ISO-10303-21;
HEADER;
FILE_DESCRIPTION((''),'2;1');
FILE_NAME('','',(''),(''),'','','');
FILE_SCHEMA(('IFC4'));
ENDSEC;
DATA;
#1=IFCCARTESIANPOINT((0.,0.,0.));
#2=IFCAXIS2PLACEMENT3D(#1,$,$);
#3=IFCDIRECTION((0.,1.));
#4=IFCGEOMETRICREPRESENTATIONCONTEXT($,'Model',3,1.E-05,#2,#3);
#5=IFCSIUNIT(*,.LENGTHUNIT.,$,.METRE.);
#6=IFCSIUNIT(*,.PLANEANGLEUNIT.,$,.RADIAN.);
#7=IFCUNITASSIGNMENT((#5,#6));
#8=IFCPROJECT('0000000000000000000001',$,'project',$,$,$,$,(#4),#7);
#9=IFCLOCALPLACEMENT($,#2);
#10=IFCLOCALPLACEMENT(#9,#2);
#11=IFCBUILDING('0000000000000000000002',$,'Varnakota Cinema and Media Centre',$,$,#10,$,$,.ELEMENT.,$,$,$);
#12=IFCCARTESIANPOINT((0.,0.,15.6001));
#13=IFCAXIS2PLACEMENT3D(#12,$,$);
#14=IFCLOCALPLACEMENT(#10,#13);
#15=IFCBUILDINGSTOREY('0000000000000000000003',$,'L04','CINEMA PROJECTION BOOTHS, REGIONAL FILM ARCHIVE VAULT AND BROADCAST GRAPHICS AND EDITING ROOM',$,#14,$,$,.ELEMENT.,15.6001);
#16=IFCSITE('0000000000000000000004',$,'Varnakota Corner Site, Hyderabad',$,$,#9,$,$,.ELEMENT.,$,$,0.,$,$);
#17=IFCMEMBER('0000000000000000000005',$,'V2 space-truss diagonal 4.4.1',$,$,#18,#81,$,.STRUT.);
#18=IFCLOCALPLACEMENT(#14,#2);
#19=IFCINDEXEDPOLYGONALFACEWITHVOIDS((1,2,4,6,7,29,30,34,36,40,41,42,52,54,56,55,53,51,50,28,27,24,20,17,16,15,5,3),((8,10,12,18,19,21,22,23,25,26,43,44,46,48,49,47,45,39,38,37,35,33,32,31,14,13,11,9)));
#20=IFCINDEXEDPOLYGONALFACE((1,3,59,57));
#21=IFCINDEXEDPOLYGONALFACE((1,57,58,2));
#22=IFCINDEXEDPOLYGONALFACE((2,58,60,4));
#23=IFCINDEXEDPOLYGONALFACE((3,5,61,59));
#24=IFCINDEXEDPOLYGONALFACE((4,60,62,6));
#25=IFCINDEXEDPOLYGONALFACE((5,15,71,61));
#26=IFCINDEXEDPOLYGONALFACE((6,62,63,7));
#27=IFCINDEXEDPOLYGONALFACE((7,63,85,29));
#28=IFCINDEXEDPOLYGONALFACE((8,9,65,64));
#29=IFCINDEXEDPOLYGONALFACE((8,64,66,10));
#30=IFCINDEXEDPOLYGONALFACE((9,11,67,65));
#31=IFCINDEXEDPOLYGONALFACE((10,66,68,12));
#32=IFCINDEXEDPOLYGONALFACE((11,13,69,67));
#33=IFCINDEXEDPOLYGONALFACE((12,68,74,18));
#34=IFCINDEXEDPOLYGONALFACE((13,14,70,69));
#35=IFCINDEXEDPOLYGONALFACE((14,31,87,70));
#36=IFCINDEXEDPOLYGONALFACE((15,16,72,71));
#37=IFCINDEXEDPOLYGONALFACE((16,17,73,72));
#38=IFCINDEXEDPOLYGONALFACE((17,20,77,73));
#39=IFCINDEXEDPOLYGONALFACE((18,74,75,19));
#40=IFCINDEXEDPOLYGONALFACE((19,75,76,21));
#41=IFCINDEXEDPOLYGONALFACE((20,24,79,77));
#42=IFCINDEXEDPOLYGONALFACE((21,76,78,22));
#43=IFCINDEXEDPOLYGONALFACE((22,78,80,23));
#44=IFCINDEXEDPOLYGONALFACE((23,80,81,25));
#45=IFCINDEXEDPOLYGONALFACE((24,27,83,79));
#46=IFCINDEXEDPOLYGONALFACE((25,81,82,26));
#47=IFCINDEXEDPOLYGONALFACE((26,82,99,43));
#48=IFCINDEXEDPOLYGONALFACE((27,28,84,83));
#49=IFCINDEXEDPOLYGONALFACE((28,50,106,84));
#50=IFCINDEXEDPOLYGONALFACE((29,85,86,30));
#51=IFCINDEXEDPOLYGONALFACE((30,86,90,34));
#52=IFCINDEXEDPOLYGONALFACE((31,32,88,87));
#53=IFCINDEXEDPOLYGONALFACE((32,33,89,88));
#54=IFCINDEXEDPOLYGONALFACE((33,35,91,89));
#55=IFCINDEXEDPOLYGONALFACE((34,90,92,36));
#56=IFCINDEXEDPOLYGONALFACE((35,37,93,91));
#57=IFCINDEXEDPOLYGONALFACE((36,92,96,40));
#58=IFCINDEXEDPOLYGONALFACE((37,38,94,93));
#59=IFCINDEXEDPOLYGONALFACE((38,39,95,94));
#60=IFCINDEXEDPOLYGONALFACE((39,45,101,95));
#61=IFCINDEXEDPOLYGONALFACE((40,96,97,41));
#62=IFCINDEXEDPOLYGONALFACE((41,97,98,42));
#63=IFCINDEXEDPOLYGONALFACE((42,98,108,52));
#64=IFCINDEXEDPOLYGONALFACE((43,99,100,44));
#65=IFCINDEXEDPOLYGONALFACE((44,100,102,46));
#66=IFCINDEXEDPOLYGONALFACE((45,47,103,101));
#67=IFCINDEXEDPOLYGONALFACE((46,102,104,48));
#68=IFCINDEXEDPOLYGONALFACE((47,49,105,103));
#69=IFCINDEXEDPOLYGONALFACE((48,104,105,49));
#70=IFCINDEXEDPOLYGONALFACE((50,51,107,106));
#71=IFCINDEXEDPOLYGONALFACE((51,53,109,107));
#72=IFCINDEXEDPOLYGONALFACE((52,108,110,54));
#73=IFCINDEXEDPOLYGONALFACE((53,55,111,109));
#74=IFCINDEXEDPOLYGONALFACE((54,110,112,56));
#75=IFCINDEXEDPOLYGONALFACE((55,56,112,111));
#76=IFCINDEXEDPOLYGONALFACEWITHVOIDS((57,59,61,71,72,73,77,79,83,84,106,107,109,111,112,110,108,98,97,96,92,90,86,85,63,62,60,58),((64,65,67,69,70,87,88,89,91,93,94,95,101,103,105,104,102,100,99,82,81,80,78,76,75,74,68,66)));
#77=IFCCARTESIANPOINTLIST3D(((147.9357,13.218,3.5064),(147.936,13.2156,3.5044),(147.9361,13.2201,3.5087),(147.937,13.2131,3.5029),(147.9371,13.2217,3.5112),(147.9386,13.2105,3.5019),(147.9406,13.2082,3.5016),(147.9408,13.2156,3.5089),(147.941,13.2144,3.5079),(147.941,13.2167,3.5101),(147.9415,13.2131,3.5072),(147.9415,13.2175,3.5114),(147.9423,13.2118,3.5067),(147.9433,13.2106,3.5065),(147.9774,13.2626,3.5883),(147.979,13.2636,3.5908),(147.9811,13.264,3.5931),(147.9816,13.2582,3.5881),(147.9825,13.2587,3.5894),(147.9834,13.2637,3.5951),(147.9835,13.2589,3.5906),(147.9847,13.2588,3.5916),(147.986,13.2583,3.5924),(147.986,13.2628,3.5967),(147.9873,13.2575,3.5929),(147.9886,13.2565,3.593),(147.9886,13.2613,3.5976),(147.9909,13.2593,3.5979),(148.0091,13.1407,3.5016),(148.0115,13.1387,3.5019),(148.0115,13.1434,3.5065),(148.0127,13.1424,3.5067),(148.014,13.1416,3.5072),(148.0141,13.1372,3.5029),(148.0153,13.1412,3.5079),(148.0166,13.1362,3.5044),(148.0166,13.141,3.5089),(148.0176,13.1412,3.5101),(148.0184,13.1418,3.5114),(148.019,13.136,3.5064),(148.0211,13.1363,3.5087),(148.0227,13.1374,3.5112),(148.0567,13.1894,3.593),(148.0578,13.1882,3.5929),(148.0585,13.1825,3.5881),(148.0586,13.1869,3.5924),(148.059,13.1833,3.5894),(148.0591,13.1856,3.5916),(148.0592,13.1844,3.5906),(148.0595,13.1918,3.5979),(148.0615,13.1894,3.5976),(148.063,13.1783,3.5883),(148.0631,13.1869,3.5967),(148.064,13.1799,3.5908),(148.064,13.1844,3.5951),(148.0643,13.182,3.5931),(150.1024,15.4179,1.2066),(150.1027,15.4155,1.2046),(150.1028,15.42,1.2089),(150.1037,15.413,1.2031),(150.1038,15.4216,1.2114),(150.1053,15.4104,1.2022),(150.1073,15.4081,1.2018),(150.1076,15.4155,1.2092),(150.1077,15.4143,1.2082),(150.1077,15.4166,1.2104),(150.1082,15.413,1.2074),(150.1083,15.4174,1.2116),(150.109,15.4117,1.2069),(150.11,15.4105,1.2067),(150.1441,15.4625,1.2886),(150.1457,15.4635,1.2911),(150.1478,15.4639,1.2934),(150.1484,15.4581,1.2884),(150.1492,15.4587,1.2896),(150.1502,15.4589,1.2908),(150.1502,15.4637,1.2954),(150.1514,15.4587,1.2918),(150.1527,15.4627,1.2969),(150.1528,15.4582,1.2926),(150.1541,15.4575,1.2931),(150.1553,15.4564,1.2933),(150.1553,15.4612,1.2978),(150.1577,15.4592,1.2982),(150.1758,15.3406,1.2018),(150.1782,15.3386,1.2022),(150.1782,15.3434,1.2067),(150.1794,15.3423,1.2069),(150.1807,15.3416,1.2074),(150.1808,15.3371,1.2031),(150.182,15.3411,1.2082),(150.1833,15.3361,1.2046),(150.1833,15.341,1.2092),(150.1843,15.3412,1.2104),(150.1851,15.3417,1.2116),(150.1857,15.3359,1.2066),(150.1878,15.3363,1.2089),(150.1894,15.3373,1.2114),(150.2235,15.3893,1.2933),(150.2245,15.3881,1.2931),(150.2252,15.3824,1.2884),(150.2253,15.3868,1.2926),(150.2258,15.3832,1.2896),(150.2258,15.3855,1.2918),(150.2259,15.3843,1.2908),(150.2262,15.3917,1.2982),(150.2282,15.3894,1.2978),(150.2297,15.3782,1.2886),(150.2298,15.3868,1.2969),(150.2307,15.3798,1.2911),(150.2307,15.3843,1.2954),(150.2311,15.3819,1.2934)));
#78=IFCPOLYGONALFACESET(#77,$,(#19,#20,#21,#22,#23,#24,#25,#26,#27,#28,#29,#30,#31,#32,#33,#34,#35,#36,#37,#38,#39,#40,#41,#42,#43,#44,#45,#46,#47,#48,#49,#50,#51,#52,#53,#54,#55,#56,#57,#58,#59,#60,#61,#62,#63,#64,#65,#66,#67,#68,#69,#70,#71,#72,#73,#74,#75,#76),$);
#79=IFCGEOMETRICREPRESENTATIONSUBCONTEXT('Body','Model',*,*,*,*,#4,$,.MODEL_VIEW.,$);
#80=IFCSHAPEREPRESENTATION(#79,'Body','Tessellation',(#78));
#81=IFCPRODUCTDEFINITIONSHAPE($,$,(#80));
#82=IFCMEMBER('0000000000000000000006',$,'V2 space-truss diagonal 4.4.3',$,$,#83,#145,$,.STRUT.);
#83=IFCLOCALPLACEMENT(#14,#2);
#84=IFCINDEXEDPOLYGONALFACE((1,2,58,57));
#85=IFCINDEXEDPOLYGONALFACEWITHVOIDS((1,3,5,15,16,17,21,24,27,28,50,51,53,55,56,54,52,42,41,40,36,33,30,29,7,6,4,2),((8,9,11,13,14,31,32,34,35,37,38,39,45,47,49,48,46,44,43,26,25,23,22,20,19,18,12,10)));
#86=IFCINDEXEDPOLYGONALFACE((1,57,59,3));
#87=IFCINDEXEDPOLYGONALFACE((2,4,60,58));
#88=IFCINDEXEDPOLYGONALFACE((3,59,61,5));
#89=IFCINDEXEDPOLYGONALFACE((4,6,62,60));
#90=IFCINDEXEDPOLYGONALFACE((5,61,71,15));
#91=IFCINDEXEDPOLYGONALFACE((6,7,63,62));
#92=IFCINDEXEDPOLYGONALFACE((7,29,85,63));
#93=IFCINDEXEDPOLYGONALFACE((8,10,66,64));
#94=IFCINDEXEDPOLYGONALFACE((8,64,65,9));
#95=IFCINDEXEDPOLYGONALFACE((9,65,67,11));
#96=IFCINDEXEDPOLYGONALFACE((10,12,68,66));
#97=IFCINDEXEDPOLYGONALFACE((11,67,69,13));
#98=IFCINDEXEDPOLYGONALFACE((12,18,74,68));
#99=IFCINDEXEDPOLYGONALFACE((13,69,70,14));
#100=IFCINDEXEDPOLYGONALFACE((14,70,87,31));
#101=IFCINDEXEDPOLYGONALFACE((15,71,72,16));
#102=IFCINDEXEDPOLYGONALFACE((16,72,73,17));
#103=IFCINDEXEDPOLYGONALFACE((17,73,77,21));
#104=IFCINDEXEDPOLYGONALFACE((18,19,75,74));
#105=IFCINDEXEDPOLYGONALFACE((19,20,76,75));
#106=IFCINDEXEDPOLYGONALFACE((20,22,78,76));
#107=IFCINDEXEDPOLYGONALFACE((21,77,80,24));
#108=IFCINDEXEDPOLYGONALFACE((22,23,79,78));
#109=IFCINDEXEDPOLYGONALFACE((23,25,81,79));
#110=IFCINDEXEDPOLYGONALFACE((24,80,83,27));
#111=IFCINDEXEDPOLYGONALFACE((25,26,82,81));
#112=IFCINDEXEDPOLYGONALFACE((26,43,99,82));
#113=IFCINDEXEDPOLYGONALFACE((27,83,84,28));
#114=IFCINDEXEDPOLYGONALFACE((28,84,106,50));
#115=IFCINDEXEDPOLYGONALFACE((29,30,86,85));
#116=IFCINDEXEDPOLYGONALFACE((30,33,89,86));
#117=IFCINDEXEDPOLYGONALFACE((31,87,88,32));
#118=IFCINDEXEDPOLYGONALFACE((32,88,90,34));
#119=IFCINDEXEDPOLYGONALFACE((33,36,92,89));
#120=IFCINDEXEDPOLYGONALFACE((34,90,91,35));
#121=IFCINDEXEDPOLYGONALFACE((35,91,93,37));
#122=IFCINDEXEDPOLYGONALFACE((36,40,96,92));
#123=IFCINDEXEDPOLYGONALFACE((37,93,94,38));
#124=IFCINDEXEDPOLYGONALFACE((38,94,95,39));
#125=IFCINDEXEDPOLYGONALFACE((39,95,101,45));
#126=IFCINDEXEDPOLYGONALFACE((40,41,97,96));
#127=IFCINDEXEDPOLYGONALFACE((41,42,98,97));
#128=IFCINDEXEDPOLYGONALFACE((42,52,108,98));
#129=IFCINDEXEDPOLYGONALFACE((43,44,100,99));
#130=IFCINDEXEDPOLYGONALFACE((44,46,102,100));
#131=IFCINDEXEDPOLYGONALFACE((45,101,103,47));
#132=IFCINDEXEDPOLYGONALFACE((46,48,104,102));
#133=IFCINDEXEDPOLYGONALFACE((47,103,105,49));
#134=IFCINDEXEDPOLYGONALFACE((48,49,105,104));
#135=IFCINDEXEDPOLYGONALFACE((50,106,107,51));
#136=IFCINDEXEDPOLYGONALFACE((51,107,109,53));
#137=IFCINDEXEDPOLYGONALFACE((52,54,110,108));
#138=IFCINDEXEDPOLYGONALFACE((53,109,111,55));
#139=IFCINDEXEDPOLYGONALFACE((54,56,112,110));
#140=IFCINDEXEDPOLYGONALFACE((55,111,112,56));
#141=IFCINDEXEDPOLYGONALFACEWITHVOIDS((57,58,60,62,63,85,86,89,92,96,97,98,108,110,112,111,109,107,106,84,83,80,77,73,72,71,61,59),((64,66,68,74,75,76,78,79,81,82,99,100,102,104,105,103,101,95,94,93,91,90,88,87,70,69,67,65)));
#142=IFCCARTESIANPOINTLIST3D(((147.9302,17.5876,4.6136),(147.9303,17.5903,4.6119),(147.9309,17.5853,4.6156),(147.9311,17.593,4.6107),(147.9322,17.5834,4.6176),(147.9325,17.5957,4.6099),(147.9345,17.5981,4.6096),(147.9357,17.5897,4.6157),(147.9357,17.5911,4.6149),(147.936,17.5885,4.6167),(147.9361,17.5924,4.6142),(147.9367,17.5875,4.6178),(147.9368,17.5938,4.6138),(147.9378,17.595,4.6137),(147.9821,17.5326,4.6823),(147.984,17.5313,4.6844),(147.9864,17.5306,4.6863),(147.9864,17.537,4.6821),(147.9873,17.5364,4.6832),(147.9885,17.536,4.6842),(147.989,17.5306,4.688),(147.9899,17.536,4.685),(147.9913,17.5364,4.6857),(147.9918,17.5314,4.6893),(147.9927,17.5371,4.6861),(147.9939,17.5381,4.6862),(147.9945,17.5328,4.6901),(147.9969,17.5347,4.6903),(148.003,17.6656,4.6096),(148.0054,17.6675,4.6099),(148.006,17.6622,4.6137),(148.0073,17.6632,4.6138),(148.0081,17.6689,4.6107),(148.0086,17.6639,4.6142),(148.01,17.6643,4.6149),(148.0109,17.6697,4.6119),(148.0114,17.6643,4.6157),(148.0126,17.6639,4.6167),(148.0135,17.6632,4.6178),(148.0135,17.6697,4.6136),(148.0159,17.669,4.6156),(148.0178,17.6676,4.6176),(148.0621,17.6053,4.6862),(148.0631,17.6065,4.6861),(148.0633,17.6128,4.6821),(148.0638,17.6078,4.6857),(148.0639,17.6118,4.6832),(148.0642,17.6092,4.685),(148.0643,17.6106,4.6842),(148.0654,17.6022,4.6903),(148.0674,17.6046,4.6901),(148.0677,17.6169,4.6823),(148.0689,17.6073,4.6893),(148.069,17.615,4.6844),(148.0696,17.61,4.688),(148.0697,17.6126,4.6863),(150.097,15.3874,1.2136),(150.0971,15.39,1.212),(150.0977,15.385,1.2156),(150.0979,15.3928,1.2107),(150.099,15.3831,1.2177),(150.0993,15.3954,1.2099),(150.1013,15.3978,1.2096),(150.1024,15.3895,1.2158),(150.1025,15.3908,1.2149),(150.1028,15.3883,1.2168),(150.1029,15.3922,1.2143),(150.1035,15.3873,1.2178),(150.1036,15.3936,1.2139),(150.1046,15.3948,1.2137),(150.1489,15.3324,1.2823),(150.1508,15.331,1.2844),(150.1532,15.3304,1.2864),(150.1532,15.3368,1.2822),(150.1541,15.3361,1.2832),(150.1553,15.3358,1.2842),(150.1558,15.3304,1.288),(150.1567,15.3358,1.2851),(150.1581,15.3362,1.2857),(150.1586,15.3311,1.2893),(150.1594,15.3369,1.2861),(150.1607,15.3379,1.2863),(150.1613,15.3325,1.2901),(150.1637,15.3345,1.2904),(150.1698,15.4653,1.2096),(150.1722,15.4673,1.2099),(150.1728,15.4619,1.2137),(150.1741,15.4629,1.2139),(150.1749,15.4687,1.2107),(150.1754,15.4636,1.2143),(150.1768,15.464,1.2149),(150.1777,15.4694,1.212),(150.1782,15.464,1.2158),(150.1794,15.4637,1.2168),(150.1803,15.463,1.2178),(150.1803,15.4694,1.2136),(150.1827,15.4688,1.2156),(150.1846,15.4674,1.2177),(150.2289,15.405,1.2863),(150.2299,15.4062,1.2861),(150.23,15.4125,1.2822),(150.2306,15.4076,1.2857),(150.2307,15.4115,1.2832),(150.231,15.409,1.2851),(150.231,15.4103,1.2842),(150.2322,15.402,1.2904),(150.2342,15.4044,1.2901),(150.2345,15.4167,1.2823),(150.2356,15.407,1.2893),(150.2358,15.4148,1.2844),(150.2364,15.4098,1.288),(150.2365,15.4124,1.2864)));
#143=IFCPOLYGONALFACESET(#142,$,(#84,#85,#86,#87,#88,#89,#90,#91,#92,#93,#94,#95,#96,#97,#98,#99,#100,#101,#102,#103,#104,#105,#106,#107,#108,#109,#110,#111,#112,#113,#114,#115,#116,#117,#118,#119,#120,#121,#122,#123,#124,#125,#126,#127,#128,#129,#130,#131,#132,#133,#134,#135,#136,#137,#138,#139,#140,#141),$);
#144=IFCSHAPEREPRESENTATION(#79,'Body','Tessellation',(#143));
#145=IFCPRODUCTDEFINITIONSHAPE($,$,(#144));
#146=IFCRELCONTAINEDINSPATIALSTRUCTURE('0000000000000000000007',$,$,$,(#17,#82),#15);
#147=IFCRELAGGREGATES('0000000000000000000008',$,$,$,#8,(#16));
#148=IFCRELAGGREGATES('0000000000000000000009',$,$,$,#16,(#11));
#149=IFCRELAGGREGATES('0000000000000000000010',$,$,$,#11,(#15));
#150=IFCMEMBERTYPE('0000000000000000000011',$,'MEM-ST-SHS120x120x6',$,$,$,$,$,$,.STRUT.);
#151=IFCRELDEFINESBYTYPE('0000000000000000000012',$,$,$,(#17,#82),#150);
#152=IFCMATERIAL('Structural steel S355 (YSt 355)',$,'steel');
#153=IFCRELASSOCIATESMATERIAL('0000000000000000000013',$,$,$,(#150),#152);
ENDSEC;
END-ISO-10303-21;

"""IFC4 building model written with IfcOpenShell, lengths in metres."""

from ifc_helpers import new_model, si_unit, direction, frame, origin, origin_2d, place, context, subcontext, project, spatial, hollow_rectangle, extrude, material, material_profile, profile_set, type_object, element, save


model = new_model("IFC4")

# Units and contexts
model_context = context("Model", 3, precision=1e-05, world=origin(), true_north=direction((0.0, 1.0)))
body_context = subcontext(model_context, "Body", "Model", "MODEL_VIEW")
ifc_project = project(units=[si_unit("LENGTHUNIT", "METRE"), si_unit("PLANEANGLEUNIT", "RADIAN")], contexts=[model_context])

# Site, building, storey
site_placement = place(None, origin())
site = spatial("IfcSite", under=ifc_project, at=site_placement, Name="Varnakota Corner Site, Hyderabad", CompositionType="ELEMENT", RefElevation=0.0)
building_placement = place(site_placement, origin())
building = spatial("IfcBuilding", under=site, at=building_placement, Name="Varnakota Cinema and Media Centre", CompositionType="ELEMENT")
storey_placement = place(building_placement, frame((0.0, 0.0, 15.6001)))
storey = spatial("IfcBuildingStorey", under=building, at=storey_placement, Name="L04", Description="CINEMA PROJECTION BOOTHS, REGIONAL FILM ARCHIVE VAULT AND BROADCAST GRAPHICS AND EDITING ROOM", CompositionType="ELEMENT", Elevation=15.6001)

# Members
ifc_material_1 = material(Name="Structural steel S355 (YSt 355)", Category="steel")
ifc_material_profile_1 = material_profile(ifc_material_1, hollow_rectangle(XDim=0.1201, YDim=0.1201, WallThickness=0.0061, InnerFilletRadius=0.0061, OuterFilletRadius=0.012, at=origin_2d()), Name="SHS 120x120x6")
ifc_profile_set_1 = profile_set([ifc_material_profile_1], Name="Structural steel S355 (YSt 355)")
member_type_1 = type_object("IfcMemberType", Name="MEM-ST-SHS120x120x6", PredefinedType="STRUT", material=ifc_profile_set_1)
member_1_placement = place(storey_placement, frame((150.1667, 15.3999, 1.25), z_axis=(-0.562769, -0.571393, 0.597328), x_axis=(0.712463, -0.70171, 0.0)))
element("IfcMember", 1, at=member_1_placement, inside=storey, type_object=member_type_1, Name="V2 space-truss diagonal 4.4.1", PredefinedType="STRUT", context=body_context, shape_type="SweptSolid", body=[
    extrude(hollow_rectangle(XDim=0.1201, YDim=0.1201, WallThickness=0.0061, InnerFilletRadius=0.0061, OuterFilletRadius=0.012, at=origin_2d()), origin(), (0.0, 0.0, 1.0), 3.8501),
])
member_2_placement = place(storey_placement, frame((150.1667, 15.3999, 1.25), z_axis=(-0.471757, 0.47904, 0.740247), x_axis=(-0.712502, -0.70167, 0.0)))
element("IfcMember", 2, at=member_2_placement, inside=storey, type_object=member_type_1, Name="V2 space-truss diagonal 4.4.3", PredefinedType="STRUT", context=body_context, shape_type="SweptSolid", body=[
    extrude(hollow_rectangle(XDim=0.1201, YDim=0.1201, WallThickness=0.0061, InnerFilletRadius=0.0061, OuterFilletRadius=0.012, at=origin_2d()), origin(), (0.0, 0.0, 1.0), 4.593),
])

save(model, "model.ifc")
